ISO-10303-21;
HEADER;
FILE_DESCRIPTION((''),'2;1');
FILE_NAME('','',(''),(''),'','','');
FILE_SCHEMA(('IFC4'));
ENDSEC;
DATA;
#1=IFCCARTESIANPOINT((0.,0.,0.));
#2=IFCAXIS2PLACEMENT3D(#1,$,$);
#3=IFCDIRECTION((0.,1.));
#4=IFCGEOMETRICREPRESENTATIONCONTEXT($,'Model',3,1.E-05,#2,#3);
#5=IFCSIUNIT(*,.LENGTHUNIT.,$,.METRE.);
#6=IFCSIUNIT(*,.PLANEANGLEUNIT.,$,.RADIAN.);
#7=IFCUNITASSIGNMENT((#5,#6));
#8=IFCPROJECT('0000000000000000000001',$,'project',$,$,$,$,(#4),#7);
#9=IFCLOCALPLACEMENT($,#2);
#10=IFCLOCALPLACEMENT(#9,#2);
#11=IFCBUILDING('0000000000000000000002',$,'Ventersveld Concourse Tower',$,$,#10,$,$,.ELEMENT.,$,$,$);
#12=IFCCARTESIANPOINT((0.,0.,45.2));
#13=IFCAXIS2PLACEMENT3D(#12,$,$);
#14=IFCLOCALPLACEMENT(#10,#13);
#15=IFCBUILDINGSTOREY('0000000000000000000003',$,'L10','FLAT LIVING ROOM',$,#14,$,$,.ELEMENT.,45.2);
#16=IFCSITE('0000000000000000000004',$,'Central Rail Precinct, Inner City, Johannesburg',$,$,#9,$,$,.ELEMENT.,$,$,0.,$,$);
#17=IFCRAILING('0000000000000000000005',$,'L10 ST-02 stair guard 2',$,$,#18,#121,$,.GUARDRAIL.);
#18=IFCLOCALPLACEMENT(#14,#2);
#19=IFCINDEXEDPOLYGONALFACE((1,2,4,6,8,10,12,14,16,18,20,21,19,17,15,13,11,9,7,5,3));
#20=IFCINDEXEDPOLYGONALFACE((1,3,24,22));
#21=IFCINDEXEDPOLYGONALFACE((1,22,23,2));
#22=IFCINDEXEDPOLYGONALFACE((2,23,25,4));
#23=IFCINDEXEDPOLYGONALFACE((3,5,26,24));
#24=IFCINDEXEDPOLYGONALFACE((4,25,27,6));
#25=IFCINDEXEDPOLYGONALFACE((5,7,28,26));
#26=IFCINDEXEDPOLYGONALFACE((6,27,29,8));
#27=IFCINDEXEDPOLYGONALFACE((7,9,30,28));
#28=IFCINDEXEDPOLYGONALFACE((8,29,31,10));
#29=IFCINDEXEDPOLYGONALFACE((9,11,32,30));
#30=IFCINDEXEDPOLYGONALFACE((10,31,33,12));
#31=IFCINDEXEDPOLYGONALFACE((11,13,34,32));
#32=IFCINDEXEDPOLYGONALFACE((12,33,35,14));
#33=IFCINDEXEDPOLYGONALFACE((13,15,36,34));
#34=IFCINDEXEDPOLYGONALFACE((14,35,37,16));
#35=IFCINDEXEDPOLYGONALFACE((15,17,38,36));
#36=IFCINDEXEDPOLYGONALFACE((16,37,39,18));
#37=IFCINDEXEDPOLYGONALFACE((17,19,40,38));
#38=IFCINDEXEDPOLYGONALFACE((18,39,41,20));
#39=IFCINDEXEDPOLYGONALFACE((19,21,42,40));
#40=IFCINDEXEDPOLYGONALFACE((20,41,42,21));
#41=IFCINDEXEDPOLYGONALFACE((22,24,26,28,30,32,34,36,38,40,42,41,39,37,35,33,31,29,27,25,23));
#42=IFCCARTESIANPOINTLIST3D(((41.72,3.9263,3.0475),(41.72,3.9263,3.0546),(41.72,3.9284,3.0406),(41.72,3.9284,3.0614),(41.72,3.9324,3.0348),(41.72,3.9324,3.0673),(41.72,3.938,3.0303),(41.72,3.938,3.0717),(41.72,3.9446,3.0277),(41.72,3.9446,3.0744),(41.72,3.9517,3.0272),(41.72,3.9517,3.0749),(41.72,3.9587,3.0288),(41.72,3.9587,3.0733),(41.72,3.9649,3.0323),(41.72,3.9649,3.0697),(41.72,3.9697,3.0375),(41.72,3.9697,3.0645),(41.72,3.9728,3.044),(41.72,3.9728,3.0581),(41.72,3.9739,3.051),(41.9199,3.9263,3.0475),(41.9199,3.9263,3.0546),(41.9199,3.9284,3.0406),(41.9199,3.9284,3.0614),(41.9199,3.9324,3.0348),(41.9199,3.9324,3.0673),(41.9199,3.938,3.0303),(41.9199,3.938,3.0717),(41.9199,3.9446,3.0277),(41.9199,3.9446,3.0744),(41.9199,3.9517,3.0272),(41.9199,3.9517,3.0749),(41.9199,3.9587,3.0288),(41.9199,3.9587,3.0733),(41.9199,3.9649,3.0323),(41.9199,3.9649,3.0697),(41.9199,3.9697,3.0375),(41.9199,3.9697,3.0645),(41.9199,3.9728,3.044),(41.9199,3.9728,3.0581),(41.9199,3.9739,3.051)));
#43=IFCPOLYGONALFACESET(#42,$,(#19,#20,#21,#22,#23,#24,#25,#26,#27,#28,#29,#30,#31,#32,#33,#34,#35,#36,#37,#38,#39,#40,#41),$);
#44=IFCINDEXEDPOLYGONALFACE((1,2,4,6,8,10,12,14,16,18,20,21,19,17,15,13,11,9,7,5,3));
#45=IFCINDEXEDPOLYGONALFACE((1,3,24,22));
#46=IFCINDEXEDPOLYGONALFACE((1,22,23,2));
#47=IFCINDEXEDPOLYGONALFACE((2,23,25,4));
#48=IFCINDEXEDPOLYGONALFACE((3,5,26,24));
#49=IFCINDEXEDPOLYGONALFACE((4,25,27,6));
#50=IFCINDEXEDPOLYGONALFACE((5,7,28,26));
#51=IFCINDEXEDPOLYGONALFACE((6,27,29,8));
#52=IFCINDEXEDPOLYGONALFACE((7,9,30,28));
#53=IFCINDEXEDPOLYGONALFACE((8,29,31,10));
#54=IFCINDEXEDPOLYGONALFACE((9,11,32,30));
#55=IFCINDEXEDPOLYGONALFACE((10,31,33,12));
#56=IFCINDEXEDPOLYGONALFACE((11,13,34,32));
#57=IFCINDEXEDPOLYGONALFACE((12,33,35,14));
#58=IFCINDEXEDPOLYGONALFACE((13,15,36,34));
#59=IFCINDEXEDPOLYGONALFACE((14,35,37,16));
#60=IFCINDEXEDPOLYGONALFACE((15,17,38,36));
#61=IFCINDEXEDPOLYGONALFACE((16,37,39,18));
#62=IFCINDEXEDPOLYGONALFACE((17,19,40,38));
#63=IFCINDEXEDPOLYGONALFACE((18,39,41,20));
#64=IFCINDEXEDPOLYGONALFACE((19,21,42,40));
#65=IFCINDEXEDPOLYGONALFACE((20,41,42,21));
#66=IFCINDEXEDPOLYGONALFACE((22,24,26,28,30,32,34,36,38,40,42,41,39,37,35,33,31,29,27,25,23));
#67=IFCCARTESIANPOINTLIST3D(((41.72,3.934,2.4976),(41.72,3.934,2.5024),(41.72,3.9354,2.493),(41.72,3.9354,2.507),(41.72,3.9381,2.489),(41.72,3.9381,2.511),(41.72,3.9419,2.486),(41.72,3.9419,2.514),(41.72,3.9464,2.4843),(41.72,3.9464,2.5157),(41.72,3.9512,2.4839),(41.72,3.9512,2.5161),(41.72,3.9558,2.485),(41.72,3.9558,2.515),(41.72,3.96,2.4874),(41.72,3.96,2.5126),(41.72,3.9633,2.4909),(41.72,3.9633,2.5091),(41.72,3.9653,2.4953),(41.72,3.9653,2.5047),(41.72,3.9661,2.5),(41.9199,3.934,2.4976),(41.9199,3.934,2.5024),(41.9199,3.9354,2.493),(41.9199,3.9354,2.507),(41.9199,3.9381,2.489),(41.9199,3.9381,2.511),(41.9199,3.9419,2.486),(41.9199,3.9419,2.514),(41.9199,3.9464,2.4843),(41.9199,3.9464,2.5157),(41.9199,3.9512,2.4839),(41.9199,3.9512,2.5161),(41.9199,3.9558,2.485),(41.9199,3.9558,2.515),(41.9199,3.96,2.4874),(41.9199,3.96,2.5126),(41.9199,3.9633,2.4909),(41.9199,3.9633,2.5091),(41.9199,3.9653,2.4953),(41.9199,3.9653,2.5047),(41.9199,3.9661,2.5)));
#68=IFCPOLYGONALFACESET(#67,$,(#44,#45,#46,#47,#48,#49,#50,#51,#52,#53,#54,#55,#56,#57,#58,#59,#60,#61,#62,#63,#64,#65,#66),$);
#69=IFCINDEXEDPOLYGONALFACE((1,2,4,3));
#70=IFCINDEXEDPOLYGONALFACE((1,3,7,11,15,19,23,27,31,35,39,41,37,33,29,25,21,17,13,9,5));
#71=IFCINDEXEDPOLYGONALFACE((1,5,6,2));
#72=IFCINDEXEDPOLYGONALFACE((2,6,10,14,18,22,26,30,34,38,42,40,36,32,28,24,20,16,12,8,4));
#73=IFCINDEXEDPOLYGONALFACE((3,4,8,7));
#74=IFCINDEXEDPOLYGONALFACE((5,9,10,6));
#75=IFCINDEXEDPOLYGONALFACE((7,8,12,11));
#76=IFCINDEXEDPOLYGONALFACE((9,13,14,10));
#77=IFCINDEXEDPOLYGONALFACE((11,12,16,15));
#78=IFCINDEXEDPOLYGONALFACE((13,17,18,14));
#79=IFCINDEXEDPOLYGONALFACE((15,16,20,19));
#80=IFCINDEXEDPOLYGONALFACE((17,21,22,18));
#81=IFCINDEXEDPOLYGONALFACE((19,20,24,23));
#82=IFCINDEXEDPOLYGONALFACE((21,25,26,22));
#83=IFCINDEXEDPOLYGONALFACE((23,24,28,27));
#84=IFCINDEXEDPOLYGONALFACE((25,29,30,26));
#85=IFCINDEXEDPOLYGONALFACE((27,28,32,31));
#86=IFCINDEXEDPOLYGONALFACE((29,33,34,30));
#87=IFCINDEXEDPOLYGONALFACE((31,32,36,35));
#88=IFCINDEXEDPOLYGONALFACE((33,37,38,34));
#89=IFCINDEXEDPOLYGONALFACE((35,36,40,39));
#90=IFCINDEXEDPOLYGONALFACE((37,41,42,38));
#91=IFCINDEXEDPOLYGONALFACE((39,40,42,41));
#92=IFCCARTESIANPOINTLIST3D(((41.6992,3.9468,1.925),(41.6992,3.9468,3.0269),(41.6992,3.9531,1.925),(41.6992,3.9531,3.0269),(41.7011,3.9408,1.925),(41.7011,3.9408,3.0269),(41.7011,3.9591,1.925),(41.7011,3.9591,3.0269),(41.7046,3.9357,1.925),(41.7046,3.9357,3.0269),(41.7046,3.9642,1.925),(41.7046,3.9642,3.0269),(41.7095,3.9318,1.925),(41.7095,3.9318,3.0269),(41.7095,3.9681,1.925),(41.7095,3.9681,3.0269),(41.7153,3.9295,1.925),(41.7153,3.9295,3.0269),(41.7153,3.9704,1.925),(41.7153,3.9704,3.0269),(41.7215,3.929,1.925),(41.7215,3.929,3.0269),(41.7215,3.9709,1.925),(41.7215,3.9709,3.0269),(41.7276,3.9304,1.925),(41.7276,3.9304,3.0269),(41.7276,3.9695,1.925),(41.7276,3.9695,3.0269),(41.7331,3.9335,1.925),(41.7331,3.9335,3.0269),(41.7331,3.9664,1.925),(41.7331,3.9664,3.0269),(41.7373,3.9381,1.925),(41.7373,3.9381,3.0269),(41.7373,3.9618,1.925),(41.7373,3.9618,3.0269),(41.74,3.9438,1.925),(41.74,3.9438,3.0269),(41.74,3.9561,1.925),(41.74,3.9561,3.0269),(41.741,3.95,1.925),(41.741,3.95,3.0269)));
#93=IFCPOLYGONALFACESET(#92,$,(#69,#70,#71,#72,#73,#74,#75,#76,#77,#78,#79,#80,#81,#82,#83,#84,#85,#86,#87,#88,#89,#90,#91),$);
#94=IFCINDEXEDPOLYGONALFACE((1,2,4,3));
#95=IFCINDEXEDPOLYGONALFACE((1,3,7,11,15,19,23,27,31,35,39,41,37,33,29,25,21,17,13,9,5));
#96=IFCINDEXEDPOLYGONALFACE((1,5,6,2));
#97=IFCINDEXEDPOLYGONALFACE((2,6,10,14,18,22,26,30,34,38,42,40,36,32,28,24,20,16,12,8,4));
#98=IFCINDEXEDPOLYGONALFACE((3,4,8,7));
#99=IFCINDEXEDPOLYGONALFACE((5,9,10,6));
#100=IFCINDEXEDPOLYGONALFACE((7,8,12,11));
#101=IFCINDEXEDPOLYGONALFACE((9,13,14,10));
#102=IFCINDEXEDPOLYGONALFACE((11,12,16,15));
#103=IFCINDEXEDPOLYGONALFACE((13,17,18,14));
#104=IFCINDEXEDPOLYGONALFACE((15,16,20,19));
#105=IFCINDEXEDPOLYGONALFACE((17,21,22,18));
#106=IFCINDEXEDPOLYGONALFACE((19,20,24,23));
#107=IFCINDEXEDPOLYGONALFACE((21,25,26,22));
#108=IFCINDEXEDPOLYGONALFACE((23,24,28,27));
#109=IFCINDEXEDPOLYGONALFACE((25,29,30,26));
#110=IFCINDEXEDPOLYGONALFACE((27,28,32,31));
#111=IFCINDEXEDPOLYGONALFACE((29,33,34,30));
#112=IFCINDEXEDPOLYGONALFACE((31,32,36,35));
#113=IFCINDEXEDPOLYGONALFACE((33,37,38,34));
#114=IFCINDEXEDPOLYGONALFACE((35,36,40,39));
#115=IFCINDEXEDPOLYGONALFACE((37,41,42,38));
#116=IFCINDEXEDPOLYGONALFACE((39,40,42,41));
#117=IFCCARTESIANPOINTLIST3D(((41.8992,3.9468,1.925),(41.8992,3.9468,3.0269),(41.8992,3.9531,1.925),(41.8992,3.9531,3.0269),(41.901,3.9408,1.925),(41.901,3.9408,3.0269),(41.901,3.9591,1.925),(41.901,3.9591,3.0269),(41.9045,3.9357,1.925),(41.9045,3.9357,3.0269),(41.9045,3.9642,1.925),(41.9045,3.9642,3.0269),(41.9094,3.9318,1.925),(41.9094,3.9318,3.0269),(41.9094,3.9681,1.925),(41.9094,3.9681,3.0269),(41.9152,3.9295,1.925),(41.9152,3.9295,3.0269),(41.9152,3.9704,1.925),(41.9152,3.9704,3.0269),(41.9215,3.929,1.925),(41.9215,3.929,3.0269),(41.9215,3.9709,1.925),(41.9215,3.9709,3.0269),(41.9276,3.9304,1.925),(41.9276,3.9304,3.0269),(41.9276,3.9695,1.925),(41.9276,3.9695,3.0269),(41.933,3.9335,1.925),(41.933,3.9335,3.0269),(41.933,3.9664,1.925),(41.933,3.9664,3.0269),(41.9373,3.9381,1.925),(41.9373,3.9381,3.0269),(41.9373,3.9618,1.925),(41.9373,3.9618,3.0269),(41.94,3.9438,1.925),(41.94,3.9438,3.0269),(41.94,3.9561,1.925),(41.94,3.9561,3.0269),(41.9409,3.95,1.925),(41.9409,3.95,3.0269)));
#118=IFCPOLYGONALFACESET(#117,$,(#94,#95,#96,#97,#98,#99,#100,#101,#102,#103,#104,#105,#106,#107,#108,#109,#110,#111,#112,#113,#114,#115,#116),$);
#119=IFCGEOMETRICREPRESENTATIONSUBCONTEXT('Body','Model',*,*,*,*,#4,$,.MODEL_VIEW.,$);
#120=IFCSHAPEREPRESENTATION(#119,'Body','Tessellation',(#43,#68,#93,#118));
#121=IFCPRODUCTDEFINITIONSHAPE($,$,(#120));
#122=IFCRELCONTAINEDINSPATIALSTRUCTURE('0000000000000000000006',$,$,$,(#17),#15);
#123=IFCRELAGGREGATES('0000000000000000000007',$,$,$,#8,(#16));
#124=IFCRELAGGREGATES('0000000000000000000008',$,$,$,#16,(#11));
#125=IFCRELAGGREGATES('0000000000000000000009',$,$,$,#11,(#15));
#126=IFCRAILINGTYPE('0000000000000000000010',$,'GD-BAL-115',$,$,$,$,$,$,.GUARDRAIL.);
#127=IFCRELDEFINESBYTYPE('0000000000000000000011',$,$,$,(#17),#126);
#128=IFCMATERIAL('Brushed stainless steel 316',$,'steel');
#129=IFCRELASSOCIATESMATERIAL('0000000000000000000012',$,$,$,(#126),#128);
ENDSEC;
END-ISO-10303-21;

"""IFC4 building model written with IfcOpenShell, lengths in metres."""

from ifc_helpers import new_model, si_unit, direction, frame, origin, origin_2d, place, context, subcontext, project, spatial, circle, extrude, material, type_object, element, save


model = new_model("IFC4")

# Units and contexts
model_context = context("Model", 3, precision=1e-05, world=origin(), true_north=direction((0.0, 1.0)))
body_context = subcontext(model_context, "Body", "Model", "MODEL_VIEW")
ifc_project = project(units=[si_unit("LENGTHUNIT", "METRE"), si_unit("PLANEANGLEUNIT", "RADIAN")], contexts=[model_context])

# Site, building, storey
site_placement = place(None, origin())
site = spatial("IfcSite", under=ifc_project, at=site_placement, Name="Central Rail Precinct, Inner City, Johannesburg", CompositionType="ELEMENT", RefElevation=0.0)
building_placement = place(site_placement, origin())
building = spatial("IfcBuilding", under=site, at=building_placement, Name="Ventersveld Concourse Tower", CompositionType="ELEMENT")
storey_placement = place(building_placement, frame((0.0, 0.0, 45.2)))
storey = spatial("IfcBuildingStorey", under=building, at=storey_placement, Name="L10", Description="FLAT LIVING ROOM", CompositionType="ELEMENT", Elevation=45.2)

# Shared definitions
ifc_material_1 = material(Name="Brushed stainless steel 316", Category="steel")

# Railing
railing_type_1 = type_object("IfcRailingType", Name="GD-BAL-115", PredefinedType="GUARDRAIL", material=ifc_material_1)
railing_1_placement = place(storey_placement, frame((41.72, 3.95, 1.925)))
element("IfcRailing", 1, at=railing_1_placement, inside=storey, type_object=railing_type_1, Name="L10 ST-02 stair guard 2", PredefinedType="GUARDRAIL", context=body_context, shape_type="SweptSolid", body=[
    extrude(circle(Radius=0.0239, at=origin_2d()), frame((0.0, 0.0, 1.126), z_axis=(1.0, 0.0, 0.0), x_axis=(0.0, 1.0, 0.0)), (0.0, 0.0, 1.0), 0.2),
    extrude(circle(Radius=0.0161, at=origin_2d()), frame((0.0, 0.0, 0.575), z_axis=(1.0, 0.0, 0.0), x_axis=(0.0, 1.0, 0.0)), (0.0, 0.0, 1.0), 0.2),
    extrude(circle(Radius=0.021, at=origin_2d()), origin(), (0.0, 0.0, 1.0), 1.1018),
    extrude(circle(Radius=0.021, at=origin_2d()), frame((0.2, 0.0, 0.0)), (0.0, 0.0, 1.0), 1.1018),
])

save(model, "model.ifc")
